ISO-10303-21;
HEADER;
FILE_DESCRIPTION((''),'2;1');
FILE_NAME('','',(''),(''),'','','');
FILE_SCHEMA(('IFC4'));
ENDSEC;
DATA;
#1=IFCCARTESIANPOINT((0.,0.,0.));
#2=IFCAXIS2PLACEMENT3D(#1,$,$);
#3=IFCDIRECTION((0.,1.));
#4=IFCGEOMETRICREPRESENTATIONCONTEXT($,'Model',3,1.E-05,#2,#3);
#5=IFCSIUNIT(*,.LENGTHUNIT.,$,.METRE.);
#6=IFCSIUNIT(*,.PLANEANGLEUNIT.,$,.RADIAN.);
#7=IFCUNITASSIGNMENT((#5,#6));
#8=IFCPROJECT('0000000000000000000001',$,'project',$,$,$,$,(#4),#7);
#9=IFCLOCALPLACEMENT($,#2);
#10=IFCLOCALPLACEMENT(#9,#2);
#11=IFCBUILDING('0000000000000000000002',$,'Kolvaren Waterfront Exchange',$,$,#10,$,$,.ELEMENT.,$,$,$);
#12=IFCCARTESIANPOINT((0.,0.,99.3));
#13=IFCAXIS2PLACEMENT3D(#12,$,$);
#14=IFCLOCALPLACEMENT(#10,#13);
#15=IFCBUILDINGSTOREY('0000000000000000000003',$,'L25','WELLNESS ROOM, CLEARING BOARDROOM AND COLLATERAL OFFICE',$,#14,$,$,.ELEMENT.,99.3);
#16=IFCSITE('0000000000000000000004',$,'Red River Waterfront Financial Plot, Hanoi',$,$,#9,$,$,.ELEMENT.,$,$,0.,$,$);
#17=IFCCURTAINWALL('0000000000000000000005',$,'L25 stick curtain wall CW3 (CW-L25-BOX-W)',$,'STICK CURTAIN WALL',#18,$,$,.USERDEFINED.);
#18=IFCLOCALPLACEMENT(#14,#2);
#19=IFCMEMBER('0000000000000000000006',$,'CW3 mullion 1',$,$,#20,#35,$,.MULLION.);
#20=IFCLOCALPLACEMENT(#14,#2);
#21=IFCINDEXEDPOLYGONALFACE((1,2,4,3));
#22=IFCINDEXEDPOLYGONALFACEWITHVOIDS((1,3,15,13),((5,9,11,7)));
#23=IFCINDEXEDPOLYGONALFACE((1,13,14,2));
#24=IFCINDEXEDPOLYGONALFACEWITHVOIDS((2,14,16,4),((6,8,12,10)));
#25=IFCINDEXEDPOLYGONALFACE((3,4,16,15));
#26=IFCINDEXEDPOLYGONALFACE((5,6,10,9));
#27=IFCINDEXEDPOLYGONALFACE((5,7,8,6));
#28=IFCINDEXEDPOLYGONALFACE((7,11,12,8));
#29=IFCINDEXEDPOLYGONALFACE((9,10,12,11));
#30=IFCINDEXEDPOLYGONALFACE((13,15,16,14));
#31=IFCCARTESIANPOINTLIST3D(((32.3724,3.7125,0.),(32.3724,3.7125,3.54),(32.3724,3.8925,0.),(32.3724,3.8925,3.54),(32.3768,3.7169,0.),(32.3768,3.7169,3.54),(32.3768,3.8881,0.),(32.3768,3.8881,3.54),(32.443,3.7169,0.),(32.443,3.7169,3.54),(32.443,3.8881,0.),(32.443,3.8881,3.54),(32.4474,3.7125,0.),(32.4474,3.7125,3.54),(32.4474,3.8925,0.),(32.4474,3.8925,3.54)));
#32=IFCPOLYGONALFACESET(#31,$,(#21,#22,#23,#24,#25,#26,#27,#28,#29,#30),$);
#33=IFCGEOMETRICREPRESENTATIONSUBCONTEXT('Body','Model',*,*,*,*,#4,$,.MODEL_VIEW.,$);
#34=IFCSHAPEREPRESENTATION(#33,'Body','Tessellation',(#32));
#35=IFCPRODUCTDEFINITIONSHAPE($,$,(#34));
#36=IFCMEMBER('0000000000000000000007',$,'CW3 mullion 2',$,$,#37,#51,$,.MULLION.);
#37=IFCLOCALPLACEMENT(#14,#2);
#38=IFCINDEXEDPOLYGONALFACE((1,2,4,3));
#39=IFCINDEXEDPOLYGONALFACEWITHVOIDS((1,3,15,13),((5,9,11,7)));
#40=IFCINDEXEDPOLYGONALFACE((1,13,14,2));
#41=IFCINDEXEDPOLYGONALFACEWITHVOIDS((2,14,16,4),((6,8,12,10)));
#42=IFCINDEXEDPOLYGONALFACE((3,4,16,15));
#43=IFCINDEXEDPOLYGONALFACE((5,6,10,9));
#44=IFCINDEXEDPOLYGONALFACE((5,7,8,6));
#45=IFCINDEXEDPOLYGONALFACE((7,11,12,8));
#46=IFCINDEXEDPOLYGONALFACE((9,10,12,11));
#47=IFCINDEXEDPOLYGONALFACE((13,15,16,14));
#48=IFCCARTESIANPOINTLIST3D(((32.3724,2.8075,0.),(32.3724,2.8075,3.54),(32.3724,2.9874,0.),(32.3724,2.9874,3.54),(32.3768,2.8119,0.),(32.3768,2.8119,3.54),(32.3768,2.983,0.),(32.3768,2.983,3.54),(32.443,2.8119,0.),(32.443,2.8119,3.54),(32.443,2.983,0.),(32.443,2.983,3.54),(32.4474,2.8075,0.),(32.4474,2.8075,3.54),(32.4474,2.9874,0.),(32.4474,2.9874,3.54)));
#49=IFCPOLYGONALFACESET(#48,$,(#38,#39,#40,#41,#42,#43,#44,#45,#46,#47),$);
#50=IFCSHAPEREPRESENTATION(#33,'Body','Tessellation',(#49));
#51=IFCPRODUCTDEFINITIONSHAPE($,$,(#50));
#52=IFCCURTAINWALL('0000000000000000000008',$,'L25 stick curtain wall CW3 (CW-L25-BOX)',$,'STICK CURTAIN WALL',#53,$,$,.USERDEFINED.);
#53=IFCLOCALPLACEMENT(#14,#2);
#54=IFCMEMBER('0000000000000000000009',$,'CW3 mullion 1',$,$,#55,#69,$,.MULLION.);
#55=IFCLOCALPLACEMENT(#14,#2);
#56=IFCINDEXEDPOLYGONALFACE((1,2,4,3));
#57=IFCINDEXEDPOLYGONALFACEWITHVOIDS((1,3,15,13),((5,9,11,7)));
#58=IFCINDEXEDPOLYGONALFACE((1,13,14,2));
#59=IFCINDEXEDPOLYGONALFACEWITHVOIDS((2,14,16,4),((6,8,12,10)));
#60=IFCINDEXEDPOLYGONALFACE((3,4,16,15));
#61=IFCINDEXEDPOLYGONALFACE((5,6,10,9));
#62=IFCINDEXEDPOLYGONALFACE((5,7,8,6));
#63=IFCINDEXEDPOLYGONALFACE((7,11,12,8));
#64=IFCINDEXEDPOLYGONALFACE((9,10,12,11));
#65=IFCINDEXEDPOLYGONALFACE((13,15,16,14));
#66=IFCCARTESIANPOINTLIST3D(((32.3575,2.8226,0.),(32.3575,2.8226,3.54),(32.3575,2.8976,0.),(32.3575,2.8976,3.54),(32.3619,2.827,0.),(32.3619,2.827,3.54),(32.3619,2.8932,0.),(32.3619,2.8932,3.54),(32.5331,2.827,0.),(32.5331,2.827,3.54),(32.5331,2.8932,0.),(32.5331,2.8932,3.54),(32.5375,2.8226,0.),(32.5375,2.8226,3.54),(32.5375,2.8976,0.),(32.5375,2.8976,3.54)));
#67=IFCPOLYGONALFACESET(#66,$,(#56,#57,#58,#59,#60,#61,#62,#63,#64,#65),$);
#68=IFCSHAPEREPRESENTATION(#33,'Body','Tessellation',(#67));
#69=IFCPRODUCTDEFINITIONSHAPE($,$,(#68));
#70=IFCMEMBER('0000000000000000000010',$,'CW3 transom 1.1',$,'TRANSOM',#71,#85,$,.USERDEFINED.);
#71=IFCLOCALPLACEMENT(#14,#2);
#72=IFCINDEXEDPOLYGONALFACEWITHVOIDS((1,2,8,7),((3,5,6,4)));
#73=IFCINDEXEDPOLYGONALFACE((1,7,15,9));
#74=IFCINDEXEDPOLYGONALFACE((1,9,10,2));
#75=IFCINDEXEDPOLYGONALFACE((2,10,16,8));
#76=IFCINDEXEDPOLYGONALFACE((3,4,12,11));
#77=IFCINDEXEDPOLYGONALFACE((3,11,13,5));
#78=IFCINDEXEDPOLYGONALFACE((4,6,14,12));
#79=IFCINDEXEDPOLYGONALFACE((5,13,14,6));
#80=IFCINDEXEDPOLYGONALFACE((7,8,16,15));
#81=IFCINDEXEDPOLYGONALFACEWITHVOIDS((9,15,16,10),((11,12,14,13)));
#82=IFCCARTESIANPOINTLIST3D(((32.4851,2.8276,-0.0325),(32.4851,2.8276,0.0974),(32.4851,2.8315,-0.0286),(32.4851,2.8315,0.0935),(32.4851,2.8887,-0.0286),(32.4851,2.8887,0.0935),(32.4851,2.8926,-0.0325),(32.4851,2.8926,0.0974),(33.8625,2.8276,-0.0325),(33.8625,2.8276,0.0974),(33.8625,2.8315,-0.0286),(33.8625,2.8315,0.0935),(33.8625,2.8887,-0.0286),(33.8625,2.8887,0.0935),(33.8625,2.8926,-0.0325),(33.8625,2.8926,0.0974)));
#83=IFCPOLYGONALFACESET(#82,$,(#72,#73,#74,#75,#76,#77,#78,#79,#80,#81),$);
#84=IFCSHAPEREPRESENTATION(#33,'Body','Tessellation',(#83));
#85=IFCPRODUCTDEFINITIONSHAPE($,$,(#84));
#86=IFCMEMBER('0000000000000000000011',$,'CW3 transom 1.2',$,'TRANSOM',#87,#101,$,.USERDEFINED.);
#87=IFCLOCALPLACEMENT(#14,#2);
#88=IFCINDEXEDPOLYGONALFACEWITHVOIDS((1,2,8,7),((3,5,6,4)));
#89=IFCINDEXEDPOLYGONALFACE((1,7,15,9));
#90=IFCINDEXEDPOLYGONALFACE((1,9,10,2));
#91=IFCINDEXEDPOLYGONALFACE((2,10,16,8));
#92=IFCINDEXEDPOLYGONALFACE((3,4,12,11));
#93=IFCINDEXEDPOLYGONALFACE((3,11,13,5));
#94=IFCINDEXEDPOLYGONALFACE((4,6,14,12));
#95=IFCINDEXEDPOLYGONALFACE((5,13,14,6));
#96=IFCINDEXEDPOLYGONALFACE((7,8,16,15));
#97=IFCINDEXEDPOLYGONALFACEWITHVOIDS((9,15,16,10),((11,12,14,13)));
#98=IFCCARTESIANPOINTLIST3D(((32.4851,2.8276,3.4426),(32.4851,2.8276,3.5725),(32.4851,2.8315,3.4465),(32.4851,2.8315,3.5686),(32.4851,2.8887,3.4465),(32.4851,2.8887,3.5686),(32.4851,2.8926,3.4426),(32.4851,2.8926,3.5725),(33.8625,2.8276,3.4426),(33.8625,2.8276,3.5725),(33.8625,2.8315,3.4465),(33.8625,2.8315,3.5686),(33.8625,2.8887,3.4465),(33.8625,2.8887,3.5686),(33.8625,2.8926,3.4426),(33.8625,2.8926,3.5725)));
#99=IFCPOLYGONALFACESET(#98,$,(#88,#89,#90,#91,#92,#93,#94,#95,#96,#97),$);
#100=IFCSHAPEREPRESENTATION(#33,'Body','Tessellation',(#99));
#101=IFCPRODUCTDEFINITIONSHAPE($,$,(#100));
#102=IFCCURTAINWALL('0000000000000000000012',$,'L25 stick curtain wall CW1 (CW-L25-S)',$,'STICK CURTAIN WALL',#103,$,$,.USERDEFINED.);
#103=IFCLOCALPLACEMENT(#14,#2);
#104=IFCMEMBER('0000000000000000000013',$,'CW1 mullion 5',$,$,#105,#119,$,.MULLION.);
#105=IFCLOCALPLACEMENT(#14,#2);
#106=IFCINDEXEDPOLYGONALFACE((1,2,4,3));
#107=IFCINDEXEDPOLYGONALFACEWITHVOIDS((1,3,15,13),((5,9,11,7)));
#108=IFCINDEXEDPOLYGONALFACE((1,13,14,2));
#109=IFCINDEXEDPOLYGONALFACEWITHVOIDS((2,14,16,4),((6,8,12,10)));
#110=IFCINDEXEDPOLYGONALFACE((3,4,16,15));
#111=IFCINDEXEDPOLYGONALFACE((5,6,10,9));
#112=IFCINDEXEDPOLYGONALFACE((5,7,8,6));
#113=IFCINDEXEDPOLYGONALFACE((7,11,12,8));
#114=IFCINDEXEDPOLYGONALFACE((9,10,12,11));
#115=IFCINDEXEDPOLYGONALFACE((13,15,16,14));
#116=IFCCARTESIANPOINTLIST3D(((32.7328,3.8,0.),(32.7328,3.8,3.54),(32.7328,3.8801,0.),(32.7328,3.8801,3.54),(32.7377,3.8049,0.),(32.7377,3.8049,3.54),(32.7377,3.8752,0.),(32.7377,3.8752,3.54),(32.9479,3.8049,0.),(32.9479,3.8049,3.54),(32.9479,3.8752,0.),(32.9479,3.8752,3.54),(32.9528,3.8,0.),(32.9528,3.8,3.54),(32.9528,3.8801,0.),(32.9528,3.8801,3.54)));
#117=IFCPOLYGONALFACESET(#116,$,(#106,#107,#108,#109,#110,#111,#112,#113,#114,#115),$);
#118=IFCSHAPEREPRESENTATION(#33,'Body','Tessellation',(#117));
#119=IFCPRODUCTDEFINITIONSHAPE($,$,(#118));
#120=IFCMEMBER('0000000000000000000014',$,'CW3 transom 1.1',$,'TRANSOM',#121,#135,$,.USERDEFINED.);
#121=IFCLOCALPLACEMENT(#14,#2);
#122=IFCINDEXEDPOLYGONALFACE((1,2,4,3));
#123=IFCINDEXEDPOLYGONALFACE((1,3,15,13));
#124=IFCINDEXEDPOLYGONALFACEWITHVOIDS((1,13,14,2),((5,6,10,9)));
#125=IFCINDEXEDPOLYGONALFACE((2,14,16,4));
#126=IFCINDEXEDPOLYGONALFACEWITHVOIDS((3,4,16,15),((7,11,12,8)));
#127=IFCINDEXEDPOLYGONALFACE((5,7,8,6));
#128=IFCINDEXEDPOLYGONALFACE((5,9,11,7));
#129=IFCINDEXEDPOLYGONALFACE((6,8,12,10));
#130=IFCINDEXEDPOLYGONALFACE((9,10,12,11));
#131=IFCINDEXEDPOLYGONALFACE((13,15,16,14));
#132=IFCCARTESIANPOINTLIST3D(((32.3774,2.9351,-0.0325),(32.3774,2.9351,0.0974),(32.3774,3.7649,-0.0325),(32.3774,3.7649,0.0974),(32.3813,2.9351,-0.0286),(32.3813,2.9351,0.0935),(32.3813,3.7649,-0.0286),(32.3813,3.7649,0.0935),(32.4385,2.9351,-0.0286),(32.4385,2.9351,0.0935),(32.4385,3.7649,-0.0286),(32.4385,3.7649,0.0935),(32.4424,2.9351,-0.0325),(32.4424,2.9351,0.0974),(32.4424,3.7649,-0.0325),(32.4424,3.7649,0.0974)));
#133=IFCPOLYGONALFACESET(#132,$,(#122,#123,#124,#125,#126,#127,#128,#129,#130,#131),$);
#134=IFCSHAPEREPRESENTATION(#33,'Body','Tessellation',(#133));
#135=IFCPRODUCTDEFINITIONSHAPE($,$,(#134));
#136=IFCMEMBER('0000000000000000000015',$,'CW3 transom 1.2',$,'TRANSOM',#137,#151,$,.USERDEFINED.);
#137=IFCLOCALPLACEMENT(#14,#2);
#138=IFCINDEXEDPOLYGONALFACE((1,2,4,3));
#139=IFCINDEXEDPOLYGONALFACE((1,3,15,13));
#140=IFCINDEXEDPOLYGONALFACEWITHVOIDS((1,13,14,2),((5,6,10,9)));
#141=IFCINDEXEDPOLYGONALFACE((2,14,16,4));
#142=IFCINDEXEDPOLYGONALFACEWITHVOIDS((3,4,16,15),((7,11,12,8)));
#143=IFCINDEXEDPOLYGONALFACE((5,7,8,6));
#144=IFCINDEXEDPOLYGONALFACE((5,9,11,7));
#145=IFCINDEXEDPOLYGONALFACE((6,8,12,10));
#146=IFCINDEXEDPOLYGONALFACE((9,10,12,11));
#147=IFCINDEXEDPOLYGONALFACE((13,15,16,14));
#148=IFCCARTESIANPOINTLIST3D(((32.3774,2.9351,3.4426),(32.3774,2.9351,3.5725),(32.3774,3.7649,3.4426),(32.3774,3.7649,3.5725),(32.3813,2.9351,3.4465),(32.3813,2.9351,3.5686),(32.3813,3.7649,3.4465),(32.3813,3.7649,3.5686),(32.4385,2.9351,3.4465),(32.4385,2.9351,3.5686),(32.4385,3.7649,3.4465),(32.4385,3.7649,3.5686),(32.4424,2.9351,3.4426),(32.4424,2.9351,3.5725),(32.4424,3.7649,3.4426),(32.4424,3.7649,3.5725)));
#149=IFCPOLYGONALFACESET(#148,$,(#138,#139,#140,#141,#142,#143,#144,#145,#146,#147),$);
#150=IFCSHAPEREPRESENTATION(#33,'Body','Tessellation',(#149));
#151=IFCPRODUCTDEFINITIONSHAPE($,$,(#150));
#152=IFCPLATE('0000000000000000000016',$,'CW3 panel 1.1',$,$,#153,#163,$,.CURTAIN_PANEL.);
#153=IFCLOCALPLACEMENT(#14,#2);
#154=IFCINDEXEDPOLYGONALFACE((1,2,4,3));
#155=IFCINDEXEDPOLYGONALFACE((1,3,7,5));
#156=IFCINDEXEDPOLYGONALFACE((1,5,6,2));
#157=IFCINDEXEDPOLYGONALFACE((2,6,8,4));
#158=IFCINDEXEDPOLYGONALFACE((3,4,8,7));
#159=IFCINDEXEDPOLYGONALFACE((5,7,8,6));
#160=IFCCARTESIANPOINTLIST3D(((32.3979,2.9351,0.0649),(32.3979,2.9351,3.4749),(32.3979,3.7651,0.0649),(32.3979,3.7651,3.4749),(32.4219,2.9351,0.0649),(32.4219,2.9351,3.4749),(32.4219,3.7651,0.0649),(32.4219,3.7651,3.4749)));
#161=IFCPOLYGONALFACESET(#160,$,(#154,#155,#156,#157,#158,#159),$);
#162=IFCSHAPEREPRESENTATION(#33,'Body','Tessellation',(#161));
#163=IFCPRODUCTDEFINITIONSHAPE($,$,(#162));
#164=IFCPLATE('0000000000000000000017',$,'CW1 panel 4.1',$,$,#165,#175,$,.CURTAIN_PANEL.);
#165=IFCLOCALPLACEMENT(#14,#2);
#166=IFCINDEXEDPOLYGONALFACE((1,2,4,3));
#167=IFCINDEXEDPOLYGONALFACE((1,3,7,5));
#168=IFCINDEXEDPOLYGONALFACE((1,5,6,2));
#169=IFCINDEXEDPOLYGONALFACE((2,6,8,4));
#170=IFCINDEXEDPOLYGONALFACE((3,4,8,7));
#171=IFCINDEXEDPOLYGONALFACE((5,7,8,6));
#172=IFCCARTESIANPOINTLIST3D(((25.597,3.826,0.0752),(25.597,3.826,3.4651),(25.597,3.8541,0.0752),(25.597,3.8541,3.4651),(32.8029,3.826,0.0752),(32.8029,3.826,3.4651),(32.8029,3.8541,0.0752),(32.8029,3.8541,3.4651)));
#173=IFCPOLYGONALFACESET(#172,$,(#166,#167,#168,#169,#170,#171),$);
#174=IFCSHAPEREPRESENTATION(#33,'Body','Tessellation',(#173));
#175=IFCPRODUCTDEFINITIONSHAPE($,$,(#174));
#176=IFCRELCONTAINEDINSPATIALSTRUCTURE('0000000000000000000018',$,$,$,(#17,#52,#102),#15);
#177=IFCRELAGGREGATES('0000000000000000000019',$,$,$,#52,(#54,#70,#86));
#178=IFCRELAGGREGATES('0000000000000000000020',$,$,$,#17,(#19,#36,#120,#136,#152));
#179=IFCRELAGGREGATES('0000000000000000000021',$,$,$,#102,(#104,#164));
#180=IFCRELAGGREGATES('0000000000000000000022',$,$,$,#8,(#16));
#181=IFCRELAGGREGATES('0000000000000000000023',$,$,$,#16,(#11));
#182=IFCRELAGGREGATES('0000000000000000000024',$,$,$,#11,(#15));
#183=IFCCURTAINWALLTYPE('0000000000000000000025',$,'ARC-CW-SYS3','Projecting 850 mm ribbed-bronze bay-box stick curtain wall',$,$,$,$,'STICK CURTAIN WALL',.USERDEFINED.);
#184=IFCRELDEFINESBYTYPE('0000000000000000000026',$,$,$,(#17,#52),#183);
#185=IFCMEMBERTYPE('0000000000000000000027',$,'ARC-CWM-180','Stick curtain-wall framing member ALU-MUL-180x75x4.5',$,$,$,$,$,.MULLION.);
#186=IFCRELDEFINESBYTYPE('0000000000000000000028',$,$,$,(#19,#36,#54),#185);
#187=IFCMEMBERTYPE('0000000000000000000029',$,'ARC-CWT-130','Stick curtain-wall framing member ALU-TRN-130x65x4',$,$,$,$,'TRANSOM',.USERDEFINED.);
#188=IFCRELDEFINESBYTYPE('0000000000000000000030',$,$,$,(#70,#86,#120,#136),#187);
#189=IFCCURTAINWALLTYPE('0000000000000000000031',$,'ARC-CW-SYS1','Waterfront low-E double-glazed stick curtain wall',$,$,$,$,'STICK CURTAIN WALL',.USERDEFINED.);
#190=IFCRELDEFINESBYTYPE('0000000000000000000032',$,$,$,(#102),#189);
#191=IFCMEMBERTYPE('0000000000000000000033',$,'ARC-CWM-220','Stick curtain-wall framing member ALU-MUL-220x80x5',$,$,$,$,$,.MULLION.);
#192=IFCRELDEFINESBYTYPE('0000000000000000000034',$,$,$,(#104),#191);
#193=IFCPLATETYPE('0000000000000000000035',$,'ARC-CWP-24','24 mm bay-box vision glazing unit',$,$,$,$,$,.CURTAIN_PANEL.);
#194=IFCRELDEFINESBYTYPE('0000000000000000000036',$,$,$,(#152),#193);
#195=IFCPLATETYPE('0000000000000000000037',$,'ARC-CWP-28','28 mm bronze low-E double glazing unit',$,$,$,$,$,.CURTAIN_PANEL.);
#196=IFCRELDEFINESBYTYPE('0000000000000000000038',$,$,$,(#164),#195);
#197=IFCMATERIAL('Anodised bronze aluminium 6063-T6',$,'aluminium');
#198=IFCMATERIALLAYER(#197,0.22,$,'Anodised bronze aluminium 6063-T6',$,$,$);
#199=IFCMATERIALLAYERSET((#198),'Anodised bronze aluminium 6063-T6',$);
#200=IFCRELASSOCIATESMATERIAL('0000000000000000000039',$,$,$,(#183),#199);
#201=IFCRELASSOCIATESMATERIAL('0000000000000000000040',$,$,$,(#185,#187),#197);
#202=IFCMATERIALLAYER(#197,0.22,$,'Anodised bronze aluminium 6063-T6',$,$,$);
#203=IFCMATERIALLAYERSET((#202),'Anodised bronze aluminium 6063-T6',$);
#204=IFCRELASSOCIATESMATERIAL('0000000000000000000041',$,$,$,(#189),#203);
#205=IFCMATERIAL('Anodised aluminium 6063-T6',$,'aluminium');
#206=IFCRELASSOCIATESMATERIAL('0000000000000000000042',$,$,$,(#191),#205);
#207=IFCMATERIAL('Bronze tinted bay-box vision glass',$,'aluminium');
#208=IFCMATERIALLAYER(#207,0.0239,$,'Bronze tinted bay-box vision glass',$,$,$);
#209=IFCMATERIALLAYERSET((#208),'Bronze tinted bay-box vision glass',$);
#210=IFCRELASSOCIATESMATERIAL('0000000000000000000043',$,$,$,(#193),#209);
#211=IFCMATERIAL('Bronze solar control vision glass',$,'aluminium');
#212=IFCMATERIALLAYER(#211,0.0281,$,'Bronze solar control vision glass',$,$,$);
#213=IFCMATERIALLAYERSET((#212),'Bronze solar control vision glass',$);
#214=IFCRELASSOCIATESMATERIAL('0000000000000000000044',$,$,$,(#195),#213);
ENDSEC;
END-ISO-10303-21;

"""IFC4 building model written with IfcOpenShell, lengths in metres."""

from ifc_helpers import new_model, si_unit, direction, frame, origin, origin_with_axes, origin_2d, place, context, subcontext, project, spatial, rectangle, hollow_rectangle, extrude, source, transform, mapped, material, layer, layer_set, material_profile, profile_set, type_object, element, aggregate, save


model = new_model("IFC4")

# Units and contexts
model_context = context("Model", 3, precision=1e-05, world=origin(), true_north=direction((0.0, 1.0)))
body_context = subcontext(model_context, "Body", "Model", "MODEL_VIEW")
ifc_project = project(units=[si_unit("LENGTHUNIT", "METRE"), si_unit("PLANEANGLEUNIT", "RADIAN")], contexts=[model_context])

# Site, building, storey
site_placement = place(None, origin())
site = spatial("IfcSite", under=ifc_project, at=site_placement, Name="Red River Waterfront Financial Plot, Hanoi", CompositionType="ELEMENT", RefElevation=0.0)
building_placement = place(site_placement, origin())
building = spatial("IfcBuilding", under=site, at=building_placement, Name="Kolvaren Waterfront Exchange", CompositionType="ELEMENT")
storey_placement = place(building_placement, frame((0.0, 0.0, 99.3)))
storey = spatial("IfcBuildingStorey", under=building, at=storey_placement, Name="L25", Description="WELLNESS ROOM, CLEARING BOARDROOM AND COLLATERAL OFFICE", CompositionType="ELEMENT", Elevation=99.3)

# Curtain walls, members
ifc_material_1 = material(Name="Anodised bronze aluminium 6063-T6", Category="aluminium")
ifc_layer_1 = layer(ifc_material_1, 0.22, Name="Anodised bronze aluminium 6063-T6")
ifc_layer_set_1 = layer_set([ifc_layer_1], Name="Anodised bronze aluminium 6063-T6")
curtain_wall_type_1 = type_object("IfcCurtainWallType", Name="ARC-CW-SYS3", Description="Projecting 850 mm ribbed-bronze bay-box stick curtain wall", ElementType="STICK CURTAIN WALL", PredefinedType="USERDEFINED", material=ifc_layer_set_1)
curtain_wall_1_placement = place(storey_placement, origin())
curtain_wall_1 = element("IfcCurtainWall", 1, at=curtain_wall_1_placement, inside=storey, type_object=curtain_wall_type_1, Name="L25 stick curtain wall CW3 (CW-L25-BOX-W)", ObjectType="STICK CURTAIN WALL", PredefinedType="USERDEFINED")
ifc_material_profile_1 = material_profile(ifc_material_1, hollow_rectangle(XDim=0.075, YDim=0.1799, WallThickness=0.0044, at=origin_2d()), Name="ALU-MUL-180x75x4.5")
ifc_profile_set_1 = profile_set([ifc_material_profile_1], Name="Anodised bronze aluminium 6063-T6")
member_type_1 = type_object("IfcMemberType", Name="ARC-CWM-180", Description="Stick curtain-wall framing member ALU-MUL-180x75x4.5", PredefinedType="MULLION", material=ifc_profile_set_1)
shared_shape_1 = source(origin_with_axes(), body_context, "Body", "SweptSolid", [
    extrude(hollow_rectangle(XDim=0.075, YDim=0.1799, WallThickness=0.0044, at=origin_2d()), origin(), (0.0, 0.0, 1.0), 3.54),
])
member_1_placement = place(storey_placement, frame((32.4099, 3.8025, 0.0), z_axis=(0.0, 0.0, 1.0), x_axis=(1.0, 0.0, 0.0)))
member_1 = element("IfcMember", 2, at=member_1_placement, type_object=member_type_1, Name="CW3 mullion 1", PredefinedType="MULLION", context=body_context, shape_type="MappedRepresentation", body=[
    mapped(shared_shape_1, transform((0.0, 0.0, 0.0), x_axis=(1.0, 0.0, 0.0), y_axis=(0.0, 1.0, 0.0), z_axis=(0.0, 0.0, 1.0), scale=1.0)),
])
member_2_placement = place(storey_placement, frame((32.4099, 2.8975, 0.0), z_axis=(0.0, 0.0, 1.0), x_axis=(1.0, 0.0, 0.0)))
member_2 = element("IfcMember", 3, at=member_2_placement, type_object=member_type_1, Name="CW3 mullion 2", PredefinedType="MULLION", context=body_context, shape_type="MappedRepresentation", body=[
    mapped(shared_shape_1, transform((0.0, 0.0, 0.0), x_axis=(1.0, 0.0, 0.0), y_axis=(0.0, 1.0, 0.0), z_axis=(0.0, 0.0, 1.0), scale=1.0)),
])
curtain_wall_2_placement = place(storey_placement, origin())
curtain_wall_2 = element("IfcCurtainWall", 4, at=curtain_wall_2_placement, inside=storey, type_object=curtain_wall_type_1, Name="L25 stick curtain wall CW3 (CW-L25-BOX)", ObjectType="STICK CURTAIN WALL", PredefinedType="USERDEFINED")
member_3_placement = place(storey_placement, frame((32.4475, 2.8601, 0.0), z_axis=(0.0, 0.0, 1.0), x_axis=(0.0, 1.0, 0.0)))
member_3 = element("IfcMember", 5, at=member_3_placement, type_object=member_type_1, Name="CW3 mullion 1", PredefinedType="MULLION", context=body_context, shape_type="MappedRepresentation", body=[
    mapped(shared_shape_1, transform((0.0, 0.0, 0.0), x_axis=(1.0, 0.0, 0.0), y_axis=(0.0, 1.0, 0.0), z_axis=(0.0, 0.0, 1.0), scale=1.0)),
])
ifc_material_profile_2 = material_profile(ifc_material_1, hollow_rectangle(XDim=0.0649, YDim=0.1299, WallThickness=0.0039, at=origin_2d()), Name="ALU-TRN-130x65x4")
ifc_profile_set_2 = profile_set([ifc_material_profile_2], Name="Anodised bronze aluminium 6063-T6")
member_type_2 = type_object("IfcMemberType", Name="ARC-CWT-130", Description="Stick curtain-wall framing member ALU-TRN-130x65x4", ElementType="TRANSOM", PredefinedType="USERDEFINED", material=ifc_profile_set_2)
shared_shape_2 = source(origin_with_axes(), body_context, "Body", "SweptSolid", [
    extrude(hollow_rectangle(XDim=0.0649, YDim=0.1299, WallThickness=0.0039, at=origin_2d()), origin(), (0.0, 0.0, 1.0), 1.3774),
])
member_4_placement = place(storey_placement, frame((32.4851, 2.8601, 0.0325), z_axis=(1.0, 0.0, 0.0), x_axis=(0.0, 1.0, 0.0)))
member_4 = element("IfcMember", 6, at=member_4_placement, type_object=member_type_2, Name="CW3 transom 1.1", ObjectType="TRANSOM", PredefinedType="USERDEFINED", context=body_context, shape_type="MappedRepresentation", body=[
    mapped(shared_shape_2, transform((0.0, 0.0, 0.0), x_axis=(1.0, 0.0, 0.0), y_axis=(0.0, 1.0, 0.0), z_axis=(0.0, 0.0, 1.0), scale=1.0)),
])
member_5_placement = place(storey_placement, frame((32.4851, 2.8601, 3.5076), z_axis=(1.0, 0.0, 0.0), x_axis=(0.0, 1.0, 0.0)))
member_5 = element("IfcMember", 7, at=member_5_placement, type_object=member_type_2, Name="CW3 transom 1.2", ObjectType="TRANSOM", PredefinedType="USERDEFINED", context=body_context, shape_type="MappedRepresentation", body=[
    mapped(shared_shape_2, transform((0.0, 0.0, 0.0), x_axis=(1.0, 0.0, 0.0), y_axis=(0.0, 1.0, 0.0), z_axis=(0.0, 0.0, 1.0), scale=1.0)),
])
aggregate(curtain_wall_2, [member_3, member_4, member_5])

# Curtain wall, member
ifc_layer_2 = layer(ifc_material_1, 0.22, Name="Anodised bronze aluminium 6063-T6")
ifc_layer_set_2 = layer_set([ifc_layer_2], Name="Anodised bronze aluminium 6063-T6")
curtain_wall_type_2 = type_object("IfcCurtainWallType", Name="ARC-CW-SYS1", Description="Waterfront low-E double-glazed stick curtain wall", ElementType="STICK CURTAIN WALL", PredefinedType="USERDEFINED", material=ifc_layer_set_2)
curtain_wall_3_placement = place(storey_placement, origin())
curtain_wall_3 = element("IfcCurtainWall", 8, at=curtain_wall_3_placement, inside=storey, type_object=curtain_wall_type_2, Name="L25 stick curtain wall CW1 (CW-L25-S)", ObjectType="STICK CURTAIN WALL", PredefinedType="USERDEFINED")
ifc_material_2 = material(Name="Anodised aluminium 6063-T6", Category="aluminium")
ifc_material_profile_3 = material_profile(ifc_material_2, hollow_rectangle(XDim=0.0801, YDim=0.22, WallThickness=0.0049, at=origin_2d()), Name="ALU-MUL-220x80x5")
ifc_profile_set_3 = profile_set([ifc_material_profile_3], Name="Anodised aluminium 6063-T6")
member_type_3 = type_object("IfcMemberType", Name="ARC-CWM-220", Description="Stick curtain-wall framing member ALU-MUL-220x80x5", PredefinedType="MULLION", material=ifc_profile_set_3)
shared_shape_3 = source(origin_with_axes(), body_context, "Body", "SweptSolid", [
    extrude(hollow_rectangle(XDim=0.0801, YDim=0.22, WallThickness=0.0049, at=origin_2d()), origin(), (0.0, 0.0, 1.0), 3.54),
])
member_6_placement = place(storey_placement, frame((32.8428, 3.8401, 0.0), z_axis=(0.0, 0.0, 1.0), x_axis=(0.0, 1.0, 0.0)))
member_6 = element("IfcMember", 9, at=member_6_placement, type_object=member_type_3, Name="CW1 mullion 5", PredefinedType="MULLION", context=body_context, shape_type="MappedRepresentation", body=[
    mapped(shared_shape_3, transform((0.0, 0.0, 0.0), x_axis=(1.0, 0.0, 0.0), y_axis=(0.0, 1.0, 0.0), z_axis=(0.0, 0.0, 1.0), scale=1.0)),
])

# Members
shared_shape_4 = source(origin_with_axes(), body_context, "Body", "SweptSolid", [
    extrude(hollow_rectangle(XDim=0.0649, YDim=0.1299, WallThickness=0.0039, at=origin_2d()), origin(), (0.0, 0.0, 1.0), 0.8298),
])
member_7_placement = place(storey_placement, frame((32.4099, 3.7649, 0.0325), z_axis=(0.0, -1.0, 0.0), x_axis=(1.0, 0.0, 0.0)))
member_7 = element("IfcMember", 10, at=member_7_placement, type_object=member_type_2, Name="CW3 transom 1.1", ObjectType="TRANSOM", PredefinedType="USERDEFINED", context=body_context, shape_type="MappedRepresentation", body=[
    mapped(shared_shape_4, transform((0.0, 0.0, 0.0), x_axis=(1.0, 0.0, 0.0), y_axis=(0.0, 1.0, 0.0), z_axis=(0.0, 0.0, 1.0), scale=1.0)),
])
member_8_placement = place(storey_placement, frame((32.4099, 3.7649, 3.5076), z_axis=(0.0, -1.0, 0.0), x_axis=(1.0, 0.0, 0.0)))
member_8 = element("IfcMember", 11, at=member_8_placement, type_object=member_type_2, Name="CW3 transom 1.2", ObjectType="TRANSOM", PredefinedType="USERDEFINED", context=body_context, shape_type="MappedRepresentation", body=[
    mapped(shared_shape_4, transform((0.0, 0.0, 0.0), x_axis=(1.0, 0.0, 0.0), y_axis=(0.0, 1.0, 0.0), z_axis=(0.0, 0.0, 1.0), scale=1.0)),
])

# Plates
ifc_material_3 = material(Name="Bronze tinted bay-box vision glass", Category="aluminium")
ifc_layer_3 = layer(ifc_material_3, 0.0239, Name="Bronze tinted bay-box vision glass")
ifc_layer_set_3 = layer_set([ifc_layer_3], Name="Bronze tinted bay-box vision glass")
plate_type_1 = type_object("IfcPlateType", Name="ARC-CWP-24", Description="24 mm bay-box vision glazing unit", PredefinedType="CURTAIN_PANEL", material=ifc_layer_set_3)
shared_shape_5 = source(origin_with_axes(), body_context, "Body", "SweptSolid", [
    extrude(rectangle(XDim=0.8301, YDim=0.0239, at=origin_2d()), origin(), (0.0, 0.0, 1.0), 3.4099),
])
plate_1_placement = place(storey_placement, frame((32.4099, 3.3501, 0.0649), z_axis=(0.0, 0.0, 1.0), x_axis=(0.0, -1.0, 0.0)))
plate_1 = element("IfcPlate", 12, at=plate_1_placement, type_object=plate_type_1, Name="CW3 panel 1.1", PredefinedType="CURTAIN_PANEL", context=body_context, shape_type="MappedRepresentation", body=[
    mapped(shared_shape_5, transform((0.0, 0.0, 0.0), x_axis=(1.0, 0.0, 0.0), y_axis=(0.0, 1.0, 0.0), z_axis=(0.0, 0.0, 1.0), scale=1.0)),
])
aggregate(curtain_wall_1, [member_1, member_2, member_7, member_8, plate_1])
ifc_material_4 = material(Name="Bronze solar control vision glass", Category="aluminium")
ifc_layer_4 = layer(ifc_material_4, 0.0281, Name="Bronze solar control vision glass")
ifc_layer_set_4 = layer_set([ifc_layer_4], Name="Bronze solar control vision glass")
plate_type_2 = type_object("IfcPlateType", Name="ARC-CWP-28", Description="28 mm bronze low-E double glazing unit", PredefinedType="CURTAIN_PANEL", material=ifc_layer_set_4)
shared_shape_6 = source(origin_with_axes(), body_context, "Body", "SweptSolid", [
    extrude(rectangle(XDim=7.2058, YDim=0.0281, at=origin_2d()), origin(), (0.0, 0.0, 1.0), 3.3899),
])
plate_2_placement = place(storey_placement, frame((29.2, 3.8401, 0.0752), z_axis=(0.0, 0.0, 1.0), x_axis=(1.0, 0.0, 0.0)))
plate_2 = element("IfcPlate", 13, at=plate_2_placement, type_object=plate_type_2, Name="CW1 panel 4.1", PredefinedType="CURTAIN_PANEL", context=body_context, shape_type="MappedRepresentation", body=[
    mapped(shared_shape_6, transform((0.0, 0.0, 0.0), x_axis=(1.0, 0.0, 0.0), y_axis=(0.0, 1.0, 0.0), z_axis=(0.0, 0.0, 1.0), scale=1.0)),
])
aggregate(curtain_wall_3, [member_6, plate_2])

save(model, "model.ifc")
